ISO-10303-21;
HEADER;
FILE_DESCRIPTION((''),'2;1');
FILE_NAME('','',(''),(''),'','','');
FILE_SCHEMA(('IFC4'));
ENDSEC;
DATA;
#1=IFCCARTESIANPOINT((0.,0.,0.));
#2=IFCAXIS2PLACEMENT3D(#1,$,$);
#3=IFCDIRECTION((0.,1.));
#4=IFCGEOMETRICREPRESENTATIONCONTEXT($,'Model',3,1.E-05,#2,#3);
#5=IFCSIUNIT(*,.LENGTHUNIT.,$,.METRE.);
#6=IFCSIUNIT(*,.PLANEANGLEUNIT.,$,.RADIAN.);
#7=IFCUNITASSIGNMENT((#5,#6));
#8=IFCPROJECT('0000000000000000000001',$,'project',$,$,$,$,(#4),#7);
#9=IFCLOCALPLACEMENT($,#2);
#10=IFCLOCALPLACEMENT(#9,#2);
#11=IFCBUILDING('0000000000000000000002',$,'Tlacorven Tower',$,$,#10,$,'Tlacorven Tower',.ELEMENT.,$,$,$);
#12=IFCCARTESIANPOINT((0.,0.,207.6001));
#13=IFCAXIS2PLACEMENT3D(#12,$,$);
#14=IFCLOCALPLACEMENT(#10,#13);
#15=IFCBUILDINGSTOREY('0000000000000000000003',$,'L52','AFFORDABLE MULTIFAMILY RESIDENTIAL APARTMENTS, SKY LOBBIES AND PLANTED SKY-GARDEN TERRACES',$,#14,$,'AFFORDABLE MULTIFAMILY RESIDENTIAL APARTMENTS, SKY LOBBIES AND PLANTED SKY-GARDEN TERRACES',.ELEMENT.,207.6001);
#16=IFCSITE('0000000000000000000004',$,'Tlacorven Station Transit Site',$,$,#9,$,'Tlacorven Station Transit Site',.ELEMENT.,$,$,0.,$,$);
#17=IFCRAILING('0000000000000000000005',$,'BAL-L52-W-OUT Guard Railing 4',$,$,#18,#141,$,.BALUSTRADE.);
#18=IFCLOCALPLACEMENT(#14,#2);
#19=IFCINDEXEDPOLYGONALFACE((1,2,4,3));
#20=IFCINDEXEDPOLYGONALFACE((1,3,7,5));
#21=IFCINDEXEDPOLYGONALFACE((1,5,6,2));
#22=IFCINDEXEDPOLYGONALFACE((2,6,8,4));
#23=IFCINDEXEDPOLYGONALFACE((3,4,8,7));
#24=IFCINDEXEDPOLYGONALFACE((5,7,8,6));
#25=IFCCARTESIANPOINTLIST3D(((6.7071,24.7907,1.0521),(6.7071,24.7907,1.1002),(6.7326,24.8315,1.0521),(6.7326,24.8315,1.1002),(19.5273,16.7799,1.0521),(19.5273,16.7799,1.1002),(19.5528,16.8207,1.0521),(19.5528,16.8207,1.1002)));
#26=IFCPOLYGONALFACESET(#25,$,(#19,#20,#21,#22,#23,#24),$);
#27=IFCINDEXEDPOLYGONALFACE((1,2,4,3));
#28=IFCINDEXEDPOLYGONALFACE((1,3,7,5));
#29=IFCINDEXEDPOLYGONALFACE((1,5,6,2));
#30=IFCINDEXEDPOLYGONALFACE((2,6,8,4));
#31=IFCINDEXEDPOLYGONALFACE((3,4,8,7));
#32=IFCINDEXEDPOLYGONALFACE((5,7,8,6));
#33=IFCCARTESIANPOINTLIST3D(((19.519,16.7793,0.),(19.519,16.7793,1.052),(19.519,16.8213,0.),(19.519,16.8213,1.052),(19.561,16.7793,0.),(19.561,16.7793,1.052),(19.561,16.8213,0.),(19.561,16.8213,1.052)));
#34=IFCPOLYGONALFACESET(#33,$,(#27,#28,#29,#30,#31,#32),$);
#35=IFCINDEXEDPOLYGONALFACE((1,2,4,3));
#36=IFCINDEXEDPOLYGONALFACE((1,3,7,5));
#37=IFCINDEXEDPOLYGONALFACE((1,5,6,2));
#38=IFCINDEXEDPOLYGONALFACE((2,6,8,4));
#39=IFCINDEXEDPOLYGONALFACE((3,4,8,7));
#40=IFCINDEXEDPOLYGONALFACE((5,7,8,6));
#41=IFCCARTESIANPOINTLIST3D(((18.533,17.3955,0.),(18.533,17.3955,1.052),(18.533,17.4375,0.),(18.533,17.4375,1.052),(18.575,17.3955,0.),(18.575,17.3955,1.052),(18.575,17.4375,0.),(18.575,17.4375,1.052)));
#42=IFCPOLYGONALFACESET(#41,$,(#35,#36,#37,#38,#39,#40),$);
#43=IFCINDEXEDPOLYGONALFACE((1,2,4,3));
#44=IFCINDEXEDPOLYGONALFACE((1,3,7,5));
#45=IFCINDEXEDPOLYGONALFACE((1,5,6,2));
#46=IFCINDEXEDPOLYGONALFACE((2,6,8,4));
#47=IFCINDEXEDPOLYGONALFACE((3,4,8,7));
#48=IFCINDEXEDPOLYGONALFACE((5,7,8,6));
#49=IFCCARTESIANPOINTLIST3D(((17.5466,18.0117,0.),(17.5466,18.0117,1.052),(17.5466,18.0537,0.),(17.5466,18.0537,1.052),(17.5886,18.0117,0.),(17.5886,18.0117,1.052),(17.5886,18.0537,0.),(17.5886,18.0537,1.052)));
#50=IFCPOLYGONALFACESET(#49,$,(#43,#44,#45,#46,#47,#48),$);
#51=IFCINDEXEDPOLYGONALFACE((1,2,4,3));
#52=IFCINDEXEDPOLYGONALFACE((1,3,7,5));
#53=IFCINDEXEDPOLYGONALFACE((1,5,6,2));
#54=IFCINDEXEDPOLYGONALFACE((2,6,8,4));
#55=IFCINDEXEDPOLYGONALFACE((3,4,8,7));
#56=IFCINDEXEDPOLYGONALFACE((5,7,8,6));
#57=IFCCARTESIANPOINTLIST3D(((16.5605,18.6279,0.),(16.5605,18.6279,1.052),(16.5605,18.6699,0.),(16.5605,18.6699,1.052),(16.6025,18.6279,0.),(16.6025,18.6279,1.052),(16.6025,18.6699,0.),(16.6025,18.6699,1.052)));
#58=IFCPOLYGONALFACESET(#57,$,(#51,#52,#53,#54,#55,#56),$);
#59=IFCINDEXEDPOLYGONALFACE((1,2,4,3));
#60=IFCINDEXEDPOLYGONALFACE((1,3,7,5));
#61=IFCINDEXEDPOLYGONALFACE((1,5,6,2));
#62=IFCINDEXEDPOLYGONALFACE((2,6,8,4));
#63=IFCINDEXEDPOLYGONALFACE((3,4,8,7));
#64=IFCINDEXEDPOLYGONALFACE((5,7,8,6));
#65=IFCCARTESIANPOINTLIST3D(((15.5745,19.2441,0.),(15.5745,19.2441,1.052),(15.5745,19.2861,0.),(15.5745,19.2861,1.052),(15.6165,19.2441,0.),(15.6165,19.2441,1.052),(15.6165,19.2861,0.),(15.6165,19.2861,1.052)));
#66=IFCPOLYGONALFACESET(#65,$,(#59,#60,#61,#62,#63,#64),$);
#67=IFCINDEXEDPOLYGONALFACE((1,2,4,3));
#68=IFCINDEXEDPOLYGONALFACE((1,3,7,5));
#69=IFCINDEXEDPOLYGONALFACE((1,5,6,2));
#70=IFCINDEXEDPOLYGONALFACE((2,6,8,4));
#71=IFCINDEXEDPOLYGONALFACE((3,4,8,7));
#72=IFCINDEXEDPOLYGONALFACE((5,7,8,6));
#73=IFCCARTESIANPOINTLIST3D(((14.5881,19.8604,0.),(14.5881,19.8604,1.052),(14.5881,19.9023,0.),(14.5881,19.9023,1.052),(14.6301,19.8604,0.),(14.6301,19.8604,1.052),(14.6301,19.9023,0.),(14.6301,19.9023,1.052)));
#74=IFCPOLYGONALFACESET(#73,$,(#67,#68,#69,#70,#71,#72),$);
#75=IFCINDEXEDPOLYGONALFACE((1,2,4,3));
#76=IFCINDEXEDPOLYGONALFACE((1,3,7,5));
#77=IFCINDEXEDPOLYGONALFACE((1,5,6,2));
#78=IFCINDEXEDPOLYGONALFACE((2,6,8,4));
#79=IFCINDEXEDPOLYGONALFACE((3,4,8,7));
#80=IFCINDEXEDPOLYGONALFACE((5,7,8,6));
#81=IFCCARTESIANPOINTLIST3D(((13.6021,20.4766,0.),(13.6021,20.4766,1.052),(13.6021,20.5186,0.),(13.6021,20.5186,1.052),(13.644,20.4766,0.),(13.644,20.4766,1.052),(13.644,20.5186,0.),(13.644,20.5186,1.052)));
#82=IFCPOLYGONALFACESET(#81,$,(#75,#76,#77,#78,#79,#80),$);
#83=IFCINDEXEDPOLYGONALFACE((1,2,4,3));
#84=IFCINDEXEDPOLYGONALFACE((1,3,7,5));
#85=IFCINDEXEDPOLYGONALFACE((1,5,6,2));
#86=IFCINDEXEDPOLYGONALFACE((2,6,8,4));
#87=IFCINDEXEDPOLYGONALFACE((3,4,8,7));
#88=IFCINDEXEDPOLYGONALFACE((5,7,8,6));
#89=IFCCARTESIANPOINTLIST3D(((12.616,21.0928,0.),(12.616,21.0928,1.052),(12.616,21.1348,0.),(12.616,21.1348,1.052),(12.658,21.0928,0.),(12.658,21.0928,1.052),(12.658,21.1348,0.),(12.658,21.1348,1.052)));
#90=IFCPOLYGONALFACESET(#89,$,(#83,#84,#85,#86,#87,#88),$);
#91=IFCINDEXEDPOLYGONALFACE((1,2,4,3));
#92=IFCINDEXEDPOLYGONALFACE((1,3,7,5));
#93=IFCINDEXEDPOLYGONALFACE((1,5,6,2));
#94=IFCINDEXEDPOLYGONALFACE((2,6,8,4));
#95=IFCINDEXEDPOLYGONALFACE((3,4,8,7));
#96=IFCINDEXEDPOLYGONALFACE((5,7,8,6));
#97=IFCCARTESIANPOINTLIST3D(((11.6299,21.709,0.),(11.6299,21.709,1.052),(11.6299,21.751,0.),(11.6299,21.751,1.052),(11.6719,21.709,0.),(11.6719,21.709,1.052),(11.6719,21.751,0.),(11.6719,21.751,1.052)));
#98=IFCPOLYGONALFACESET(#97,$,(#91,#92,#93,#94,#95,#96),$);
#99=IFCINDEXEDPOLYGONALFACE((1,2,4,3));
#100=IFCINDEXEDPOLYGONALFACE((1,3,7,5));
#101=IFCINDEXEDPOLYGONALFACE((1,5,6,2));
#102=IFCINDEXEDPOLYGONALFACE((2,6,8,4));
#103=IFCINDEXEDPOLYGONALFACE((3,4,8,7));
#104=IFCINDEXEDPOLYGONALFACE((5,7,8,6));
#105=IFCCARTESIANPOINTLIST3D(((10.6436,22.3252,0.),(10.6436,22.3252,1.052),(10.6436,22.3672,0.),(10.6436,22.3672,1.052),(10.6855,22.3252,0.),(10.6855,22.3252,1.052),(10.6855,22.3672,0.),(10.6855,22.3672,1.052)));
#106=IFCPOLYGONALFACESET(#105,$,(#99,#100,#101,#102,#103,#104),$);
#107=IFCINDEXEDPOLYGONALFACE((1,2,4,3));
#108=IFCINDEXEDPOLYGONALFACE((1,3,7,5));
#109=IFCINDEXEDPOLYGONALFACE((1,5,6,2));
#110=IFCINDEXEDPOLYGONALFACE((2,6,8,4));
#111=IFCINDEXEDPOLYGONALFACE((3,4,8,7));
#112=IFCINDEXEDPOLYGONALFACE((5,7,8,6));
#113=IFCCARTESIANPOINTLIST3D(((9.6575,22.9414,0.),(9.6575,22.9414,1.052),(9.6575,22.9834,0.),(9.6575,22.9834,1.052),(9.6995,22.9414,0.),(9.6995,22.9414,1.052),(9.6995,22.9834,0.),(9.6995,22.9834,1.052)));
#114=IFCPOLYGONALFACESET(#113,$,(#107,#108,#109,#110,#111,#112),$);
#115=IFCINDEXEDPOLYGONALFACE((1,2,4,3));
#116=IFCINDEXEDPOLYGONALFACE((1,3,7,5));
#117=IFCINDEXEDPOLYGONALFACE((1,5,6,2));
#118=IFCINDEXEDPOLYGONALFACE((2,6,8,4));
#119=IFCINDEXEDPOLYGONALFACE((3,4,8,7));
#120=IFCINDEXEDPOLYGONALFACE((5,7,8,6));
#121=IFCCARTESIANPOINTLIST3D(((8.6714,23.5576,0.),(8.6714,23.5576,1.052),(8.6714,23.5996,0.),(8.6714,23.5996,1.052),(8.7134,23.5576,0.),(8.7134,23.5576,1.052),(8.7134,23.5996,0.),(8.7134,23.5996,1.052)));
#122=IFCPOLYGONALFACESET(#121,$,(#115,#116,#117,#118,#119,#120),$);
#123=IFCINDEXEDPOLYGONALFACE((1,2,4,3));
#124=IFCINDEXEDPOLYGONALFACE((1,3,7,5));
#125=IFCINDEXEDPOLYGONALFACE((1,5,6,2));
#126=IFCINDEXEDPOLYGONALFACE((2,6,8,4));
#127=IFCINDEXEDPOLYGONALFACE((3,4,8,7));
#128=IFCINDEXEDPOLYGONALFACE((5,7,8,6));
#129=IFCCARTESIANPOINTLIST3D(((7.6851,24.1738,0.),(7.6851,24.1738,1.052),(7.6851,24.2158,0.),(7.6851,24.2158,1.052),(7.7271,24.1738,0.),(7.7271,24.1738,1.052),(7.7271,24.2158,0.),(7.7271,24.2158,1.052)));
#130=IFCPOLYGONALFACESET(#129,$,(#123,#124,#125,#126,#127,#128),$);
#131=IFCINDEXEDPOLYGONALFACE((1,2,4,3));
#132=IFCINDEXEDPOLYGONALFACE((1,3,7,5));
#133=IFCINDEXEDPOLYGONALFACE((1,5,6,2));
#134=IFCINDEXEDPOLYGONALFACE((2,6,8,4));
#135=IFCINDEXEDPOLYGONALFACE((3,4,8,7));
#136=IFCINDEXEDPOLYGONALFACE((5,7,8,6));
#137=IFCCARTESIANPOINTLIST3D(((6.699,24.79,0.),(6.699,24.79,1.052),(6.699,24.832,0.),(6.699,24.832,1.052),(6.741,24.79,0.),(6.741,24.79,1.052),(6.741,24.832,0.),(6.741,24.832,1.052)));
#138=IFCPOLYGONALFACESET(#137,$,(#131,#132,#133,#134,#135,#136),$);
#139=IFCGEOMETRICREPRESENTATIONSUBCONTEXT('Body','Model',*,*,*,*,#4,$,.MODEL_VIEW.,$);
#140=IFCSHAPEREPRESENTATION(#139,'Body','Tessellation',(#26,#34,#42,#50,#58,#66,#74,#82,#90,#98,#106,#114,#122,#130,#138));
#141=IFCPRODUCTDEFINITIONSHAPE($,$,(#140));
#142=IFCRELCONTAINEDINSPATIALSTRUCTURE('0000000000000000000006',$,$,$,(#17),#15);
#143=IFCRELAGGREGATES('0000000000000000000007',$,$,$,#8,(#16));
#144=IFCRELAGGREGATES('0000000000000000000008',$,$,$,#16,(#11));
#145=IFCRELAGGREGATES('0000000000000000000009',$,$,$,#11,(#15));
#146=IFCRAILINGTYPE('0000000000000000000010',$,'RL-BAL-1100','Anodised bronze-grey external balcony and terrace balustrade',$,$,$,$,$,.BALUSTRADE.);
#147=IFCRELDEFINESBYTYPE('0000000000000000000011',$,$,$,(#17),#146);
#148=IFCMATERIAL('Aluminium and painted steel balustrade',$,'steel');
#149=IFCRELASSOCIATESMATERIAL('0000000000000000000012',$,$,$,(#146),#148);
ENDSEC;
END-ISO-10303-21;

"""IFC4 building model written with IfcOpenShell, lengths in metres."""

from ifc_helpers import new_model, si_unit, direction, frame, origin, origin_2d, place, context, subcontext, project, spatial, rectangle, extrude, source, transform, mapped, material, type_object, element, save


model = new_model("IFC4")

# Units and contexts
model_context = context("Model", 3, precision=1e-05, world=origin(), true_north=direction((0.0, 1.0)))
body_context = subcontext(model_context, "Body", "Model", "MODEL_VIEW")
ifc_project = project(units=[si_unit("LENGTHUNIT", "METRE"), si_unit("PLANEANGLEUNIT", "RADIAN")], contexts=[model_context])

# Site, building, storey
site_placement = place(None, origin())
site = spatial("IfcSite", under=ifc_project, at=site_placement, Name="Tlacorven Station Transit Site", LongName="Tlacorven Station Transit Site", CompositionType="ELEMENT", RefElevation=0.0)
building_placement = place(site_placement, origin())
building = spatial("IfcBuilding", under=site, at=building_placement, Name="Tlacorven Tower", LongName="Tlacorven Tower", CompositionType="ELEMENT")
storey_placement = place(building_placement, frame((0.0, 0.0, 207.6001)))
storey = spatial("IfcBuildingStorey", under=building, at=storey_placement, Name="L52", Description="AFFORDABLE MULTIFAMILY RESIDENTIAL APARTMENTS, SKY LOBBIES AND PLANTED SKY-GARDEN TERRACES", LongName="AFFORDABLE MULTIFAMILY RESIDENTIAL APARTMENTS, SKY LOBBIES AND PLANTED SKY-GARDEN TERRACES", CompositionType="ELEMENT", Elevation=207.6001)

# Shared definitions
ifc_material_1 = material(Name="Aluminium and painted steel balustrade", Category="steel")
railing_type = type_object("IfcRailingType", Name="RL-BAL-1100", Description="Anodised bronze-grey external balcony and terrace balustrade", PredefinedType="BALUSTRADE", material=ifc_material_1)

# Railing
shared_shape_1 = source(origin(), body_context, "Body", "SweptSolid", [
    extrude(rectangle(XDim=0.0481, YDim=0.0481, at=origin_2d()), frame((0.0, 0.0, 1.0762), z_axis=(-0.848052, 0.529913, 0.0), x_axis=(-0.529913, -0.848052, 0.0)), (0.0, 0.0, 1.0), 15.1172),
    extrude(rectangle(XDim=0.042, YDim=0.042, at=origin_2d()), origin(), (0.0, 0.0, 1.0), 1.052),
    extrude(rectangle(XDim=0.042, YDim=0.042, at=origin_2d()), frame((-0.9861, 0.6162, 0.0)), (0.0, 0.0, 1.0), 1.052),
    extrude(rectangle(XDim=0.042, YDim=0.042, at=origin_2d()), frame((-1.9724, 1.2324, 0.0)), (0.0, 0.0, 1.0), 1.052),
    extrude(rectangle(XDim=0.042, YDim=0.042, at=origin_2d()), frame((-2.9585, 1.8486, 0.0)), (0.0, 0.0, 1.0), 1.052),
    extrude(rectangle(XDim=0.042, YDim=0.042, at=origin_2d()), frame((-3.9446, 2.4648, 0.0)), (0.0, 0.0, 1.0), 1.052),
    extrude(rectangle(XDim=0.042, YDim=0.042, at=origin_2d()), frame((-4.9309, 3.0811, 0.0)), (0.0, 0.0, 1.0), 1.052),
    extrude(rectangle(XDim=0.042, YDim=0.042, at=origin_2d()), frame((-5.917, 3.6973, 0.0)), (0.0, 0.0, 1.0), 1.052),
    extrude(rectangle(XDim=0.042, YDim=0.042, at=origin_2d()), frame((-6.9031, 4.3135, 0.0)), (0.0, 0.0, 1.0), 1.052),
    extrude(rectangle(XDim=0.042, YDim=0.042, at=origin_2d()), frame((-7.8892, 4.9297, 0.0)), (0.0, 0.0, 1.0), 1.052),
    extrude(rectangle(XDim=0.042, YDim=0.042, at=origin_2d()), frame((-8.8755, 5.5459, 0.0)), (0.0, 0.0, 1.0), 1.052),
    extrude(rectangle(XDim=0.042, YDim=0.042, at=origin_2d()), frame((-9.8616, 6.1621, 0.0)), (0.0, 0.0, 1.0), 1.052),
    extrude(rectangle(XDim=0.042, YDim=0.042, at=origin_2d()), frame((-10.8477, 6.7783, 0.0)), (0.0, 0.0, 1.0), 1.052),
    extrude(rectangle(XDim=0.042, YDim=0.042, at=origin_2d()), frame((-11.834, 7.3945, 0.0)), (0.0, 0.0, 1.0), 1.052),
    extrude(rectangle(XDim=0.042, YDim=0.042, at=origin_2d()), frame((-12.8201, 8.0107, 0.0)), (0.0, 0.0, 1.0), 1.052),
])
railing_1_placement = place(storey_placement, frame((19.54, 16.8003, 0.0)))
element("IfcRailing", 1, at=railing_1_placement, inside=storey, type_object=railing_type, Name="BAL-L52-W-OUT Guard Railing 4", PredefinedType="BALUSTRADE", context=body_context, shape_type="MappedRepresentation", body=[
    mapped(shared_shape_1, transform((0.0, 0.0, 0.0), scale=1.0)),
])

save(model, "model.ifc")
